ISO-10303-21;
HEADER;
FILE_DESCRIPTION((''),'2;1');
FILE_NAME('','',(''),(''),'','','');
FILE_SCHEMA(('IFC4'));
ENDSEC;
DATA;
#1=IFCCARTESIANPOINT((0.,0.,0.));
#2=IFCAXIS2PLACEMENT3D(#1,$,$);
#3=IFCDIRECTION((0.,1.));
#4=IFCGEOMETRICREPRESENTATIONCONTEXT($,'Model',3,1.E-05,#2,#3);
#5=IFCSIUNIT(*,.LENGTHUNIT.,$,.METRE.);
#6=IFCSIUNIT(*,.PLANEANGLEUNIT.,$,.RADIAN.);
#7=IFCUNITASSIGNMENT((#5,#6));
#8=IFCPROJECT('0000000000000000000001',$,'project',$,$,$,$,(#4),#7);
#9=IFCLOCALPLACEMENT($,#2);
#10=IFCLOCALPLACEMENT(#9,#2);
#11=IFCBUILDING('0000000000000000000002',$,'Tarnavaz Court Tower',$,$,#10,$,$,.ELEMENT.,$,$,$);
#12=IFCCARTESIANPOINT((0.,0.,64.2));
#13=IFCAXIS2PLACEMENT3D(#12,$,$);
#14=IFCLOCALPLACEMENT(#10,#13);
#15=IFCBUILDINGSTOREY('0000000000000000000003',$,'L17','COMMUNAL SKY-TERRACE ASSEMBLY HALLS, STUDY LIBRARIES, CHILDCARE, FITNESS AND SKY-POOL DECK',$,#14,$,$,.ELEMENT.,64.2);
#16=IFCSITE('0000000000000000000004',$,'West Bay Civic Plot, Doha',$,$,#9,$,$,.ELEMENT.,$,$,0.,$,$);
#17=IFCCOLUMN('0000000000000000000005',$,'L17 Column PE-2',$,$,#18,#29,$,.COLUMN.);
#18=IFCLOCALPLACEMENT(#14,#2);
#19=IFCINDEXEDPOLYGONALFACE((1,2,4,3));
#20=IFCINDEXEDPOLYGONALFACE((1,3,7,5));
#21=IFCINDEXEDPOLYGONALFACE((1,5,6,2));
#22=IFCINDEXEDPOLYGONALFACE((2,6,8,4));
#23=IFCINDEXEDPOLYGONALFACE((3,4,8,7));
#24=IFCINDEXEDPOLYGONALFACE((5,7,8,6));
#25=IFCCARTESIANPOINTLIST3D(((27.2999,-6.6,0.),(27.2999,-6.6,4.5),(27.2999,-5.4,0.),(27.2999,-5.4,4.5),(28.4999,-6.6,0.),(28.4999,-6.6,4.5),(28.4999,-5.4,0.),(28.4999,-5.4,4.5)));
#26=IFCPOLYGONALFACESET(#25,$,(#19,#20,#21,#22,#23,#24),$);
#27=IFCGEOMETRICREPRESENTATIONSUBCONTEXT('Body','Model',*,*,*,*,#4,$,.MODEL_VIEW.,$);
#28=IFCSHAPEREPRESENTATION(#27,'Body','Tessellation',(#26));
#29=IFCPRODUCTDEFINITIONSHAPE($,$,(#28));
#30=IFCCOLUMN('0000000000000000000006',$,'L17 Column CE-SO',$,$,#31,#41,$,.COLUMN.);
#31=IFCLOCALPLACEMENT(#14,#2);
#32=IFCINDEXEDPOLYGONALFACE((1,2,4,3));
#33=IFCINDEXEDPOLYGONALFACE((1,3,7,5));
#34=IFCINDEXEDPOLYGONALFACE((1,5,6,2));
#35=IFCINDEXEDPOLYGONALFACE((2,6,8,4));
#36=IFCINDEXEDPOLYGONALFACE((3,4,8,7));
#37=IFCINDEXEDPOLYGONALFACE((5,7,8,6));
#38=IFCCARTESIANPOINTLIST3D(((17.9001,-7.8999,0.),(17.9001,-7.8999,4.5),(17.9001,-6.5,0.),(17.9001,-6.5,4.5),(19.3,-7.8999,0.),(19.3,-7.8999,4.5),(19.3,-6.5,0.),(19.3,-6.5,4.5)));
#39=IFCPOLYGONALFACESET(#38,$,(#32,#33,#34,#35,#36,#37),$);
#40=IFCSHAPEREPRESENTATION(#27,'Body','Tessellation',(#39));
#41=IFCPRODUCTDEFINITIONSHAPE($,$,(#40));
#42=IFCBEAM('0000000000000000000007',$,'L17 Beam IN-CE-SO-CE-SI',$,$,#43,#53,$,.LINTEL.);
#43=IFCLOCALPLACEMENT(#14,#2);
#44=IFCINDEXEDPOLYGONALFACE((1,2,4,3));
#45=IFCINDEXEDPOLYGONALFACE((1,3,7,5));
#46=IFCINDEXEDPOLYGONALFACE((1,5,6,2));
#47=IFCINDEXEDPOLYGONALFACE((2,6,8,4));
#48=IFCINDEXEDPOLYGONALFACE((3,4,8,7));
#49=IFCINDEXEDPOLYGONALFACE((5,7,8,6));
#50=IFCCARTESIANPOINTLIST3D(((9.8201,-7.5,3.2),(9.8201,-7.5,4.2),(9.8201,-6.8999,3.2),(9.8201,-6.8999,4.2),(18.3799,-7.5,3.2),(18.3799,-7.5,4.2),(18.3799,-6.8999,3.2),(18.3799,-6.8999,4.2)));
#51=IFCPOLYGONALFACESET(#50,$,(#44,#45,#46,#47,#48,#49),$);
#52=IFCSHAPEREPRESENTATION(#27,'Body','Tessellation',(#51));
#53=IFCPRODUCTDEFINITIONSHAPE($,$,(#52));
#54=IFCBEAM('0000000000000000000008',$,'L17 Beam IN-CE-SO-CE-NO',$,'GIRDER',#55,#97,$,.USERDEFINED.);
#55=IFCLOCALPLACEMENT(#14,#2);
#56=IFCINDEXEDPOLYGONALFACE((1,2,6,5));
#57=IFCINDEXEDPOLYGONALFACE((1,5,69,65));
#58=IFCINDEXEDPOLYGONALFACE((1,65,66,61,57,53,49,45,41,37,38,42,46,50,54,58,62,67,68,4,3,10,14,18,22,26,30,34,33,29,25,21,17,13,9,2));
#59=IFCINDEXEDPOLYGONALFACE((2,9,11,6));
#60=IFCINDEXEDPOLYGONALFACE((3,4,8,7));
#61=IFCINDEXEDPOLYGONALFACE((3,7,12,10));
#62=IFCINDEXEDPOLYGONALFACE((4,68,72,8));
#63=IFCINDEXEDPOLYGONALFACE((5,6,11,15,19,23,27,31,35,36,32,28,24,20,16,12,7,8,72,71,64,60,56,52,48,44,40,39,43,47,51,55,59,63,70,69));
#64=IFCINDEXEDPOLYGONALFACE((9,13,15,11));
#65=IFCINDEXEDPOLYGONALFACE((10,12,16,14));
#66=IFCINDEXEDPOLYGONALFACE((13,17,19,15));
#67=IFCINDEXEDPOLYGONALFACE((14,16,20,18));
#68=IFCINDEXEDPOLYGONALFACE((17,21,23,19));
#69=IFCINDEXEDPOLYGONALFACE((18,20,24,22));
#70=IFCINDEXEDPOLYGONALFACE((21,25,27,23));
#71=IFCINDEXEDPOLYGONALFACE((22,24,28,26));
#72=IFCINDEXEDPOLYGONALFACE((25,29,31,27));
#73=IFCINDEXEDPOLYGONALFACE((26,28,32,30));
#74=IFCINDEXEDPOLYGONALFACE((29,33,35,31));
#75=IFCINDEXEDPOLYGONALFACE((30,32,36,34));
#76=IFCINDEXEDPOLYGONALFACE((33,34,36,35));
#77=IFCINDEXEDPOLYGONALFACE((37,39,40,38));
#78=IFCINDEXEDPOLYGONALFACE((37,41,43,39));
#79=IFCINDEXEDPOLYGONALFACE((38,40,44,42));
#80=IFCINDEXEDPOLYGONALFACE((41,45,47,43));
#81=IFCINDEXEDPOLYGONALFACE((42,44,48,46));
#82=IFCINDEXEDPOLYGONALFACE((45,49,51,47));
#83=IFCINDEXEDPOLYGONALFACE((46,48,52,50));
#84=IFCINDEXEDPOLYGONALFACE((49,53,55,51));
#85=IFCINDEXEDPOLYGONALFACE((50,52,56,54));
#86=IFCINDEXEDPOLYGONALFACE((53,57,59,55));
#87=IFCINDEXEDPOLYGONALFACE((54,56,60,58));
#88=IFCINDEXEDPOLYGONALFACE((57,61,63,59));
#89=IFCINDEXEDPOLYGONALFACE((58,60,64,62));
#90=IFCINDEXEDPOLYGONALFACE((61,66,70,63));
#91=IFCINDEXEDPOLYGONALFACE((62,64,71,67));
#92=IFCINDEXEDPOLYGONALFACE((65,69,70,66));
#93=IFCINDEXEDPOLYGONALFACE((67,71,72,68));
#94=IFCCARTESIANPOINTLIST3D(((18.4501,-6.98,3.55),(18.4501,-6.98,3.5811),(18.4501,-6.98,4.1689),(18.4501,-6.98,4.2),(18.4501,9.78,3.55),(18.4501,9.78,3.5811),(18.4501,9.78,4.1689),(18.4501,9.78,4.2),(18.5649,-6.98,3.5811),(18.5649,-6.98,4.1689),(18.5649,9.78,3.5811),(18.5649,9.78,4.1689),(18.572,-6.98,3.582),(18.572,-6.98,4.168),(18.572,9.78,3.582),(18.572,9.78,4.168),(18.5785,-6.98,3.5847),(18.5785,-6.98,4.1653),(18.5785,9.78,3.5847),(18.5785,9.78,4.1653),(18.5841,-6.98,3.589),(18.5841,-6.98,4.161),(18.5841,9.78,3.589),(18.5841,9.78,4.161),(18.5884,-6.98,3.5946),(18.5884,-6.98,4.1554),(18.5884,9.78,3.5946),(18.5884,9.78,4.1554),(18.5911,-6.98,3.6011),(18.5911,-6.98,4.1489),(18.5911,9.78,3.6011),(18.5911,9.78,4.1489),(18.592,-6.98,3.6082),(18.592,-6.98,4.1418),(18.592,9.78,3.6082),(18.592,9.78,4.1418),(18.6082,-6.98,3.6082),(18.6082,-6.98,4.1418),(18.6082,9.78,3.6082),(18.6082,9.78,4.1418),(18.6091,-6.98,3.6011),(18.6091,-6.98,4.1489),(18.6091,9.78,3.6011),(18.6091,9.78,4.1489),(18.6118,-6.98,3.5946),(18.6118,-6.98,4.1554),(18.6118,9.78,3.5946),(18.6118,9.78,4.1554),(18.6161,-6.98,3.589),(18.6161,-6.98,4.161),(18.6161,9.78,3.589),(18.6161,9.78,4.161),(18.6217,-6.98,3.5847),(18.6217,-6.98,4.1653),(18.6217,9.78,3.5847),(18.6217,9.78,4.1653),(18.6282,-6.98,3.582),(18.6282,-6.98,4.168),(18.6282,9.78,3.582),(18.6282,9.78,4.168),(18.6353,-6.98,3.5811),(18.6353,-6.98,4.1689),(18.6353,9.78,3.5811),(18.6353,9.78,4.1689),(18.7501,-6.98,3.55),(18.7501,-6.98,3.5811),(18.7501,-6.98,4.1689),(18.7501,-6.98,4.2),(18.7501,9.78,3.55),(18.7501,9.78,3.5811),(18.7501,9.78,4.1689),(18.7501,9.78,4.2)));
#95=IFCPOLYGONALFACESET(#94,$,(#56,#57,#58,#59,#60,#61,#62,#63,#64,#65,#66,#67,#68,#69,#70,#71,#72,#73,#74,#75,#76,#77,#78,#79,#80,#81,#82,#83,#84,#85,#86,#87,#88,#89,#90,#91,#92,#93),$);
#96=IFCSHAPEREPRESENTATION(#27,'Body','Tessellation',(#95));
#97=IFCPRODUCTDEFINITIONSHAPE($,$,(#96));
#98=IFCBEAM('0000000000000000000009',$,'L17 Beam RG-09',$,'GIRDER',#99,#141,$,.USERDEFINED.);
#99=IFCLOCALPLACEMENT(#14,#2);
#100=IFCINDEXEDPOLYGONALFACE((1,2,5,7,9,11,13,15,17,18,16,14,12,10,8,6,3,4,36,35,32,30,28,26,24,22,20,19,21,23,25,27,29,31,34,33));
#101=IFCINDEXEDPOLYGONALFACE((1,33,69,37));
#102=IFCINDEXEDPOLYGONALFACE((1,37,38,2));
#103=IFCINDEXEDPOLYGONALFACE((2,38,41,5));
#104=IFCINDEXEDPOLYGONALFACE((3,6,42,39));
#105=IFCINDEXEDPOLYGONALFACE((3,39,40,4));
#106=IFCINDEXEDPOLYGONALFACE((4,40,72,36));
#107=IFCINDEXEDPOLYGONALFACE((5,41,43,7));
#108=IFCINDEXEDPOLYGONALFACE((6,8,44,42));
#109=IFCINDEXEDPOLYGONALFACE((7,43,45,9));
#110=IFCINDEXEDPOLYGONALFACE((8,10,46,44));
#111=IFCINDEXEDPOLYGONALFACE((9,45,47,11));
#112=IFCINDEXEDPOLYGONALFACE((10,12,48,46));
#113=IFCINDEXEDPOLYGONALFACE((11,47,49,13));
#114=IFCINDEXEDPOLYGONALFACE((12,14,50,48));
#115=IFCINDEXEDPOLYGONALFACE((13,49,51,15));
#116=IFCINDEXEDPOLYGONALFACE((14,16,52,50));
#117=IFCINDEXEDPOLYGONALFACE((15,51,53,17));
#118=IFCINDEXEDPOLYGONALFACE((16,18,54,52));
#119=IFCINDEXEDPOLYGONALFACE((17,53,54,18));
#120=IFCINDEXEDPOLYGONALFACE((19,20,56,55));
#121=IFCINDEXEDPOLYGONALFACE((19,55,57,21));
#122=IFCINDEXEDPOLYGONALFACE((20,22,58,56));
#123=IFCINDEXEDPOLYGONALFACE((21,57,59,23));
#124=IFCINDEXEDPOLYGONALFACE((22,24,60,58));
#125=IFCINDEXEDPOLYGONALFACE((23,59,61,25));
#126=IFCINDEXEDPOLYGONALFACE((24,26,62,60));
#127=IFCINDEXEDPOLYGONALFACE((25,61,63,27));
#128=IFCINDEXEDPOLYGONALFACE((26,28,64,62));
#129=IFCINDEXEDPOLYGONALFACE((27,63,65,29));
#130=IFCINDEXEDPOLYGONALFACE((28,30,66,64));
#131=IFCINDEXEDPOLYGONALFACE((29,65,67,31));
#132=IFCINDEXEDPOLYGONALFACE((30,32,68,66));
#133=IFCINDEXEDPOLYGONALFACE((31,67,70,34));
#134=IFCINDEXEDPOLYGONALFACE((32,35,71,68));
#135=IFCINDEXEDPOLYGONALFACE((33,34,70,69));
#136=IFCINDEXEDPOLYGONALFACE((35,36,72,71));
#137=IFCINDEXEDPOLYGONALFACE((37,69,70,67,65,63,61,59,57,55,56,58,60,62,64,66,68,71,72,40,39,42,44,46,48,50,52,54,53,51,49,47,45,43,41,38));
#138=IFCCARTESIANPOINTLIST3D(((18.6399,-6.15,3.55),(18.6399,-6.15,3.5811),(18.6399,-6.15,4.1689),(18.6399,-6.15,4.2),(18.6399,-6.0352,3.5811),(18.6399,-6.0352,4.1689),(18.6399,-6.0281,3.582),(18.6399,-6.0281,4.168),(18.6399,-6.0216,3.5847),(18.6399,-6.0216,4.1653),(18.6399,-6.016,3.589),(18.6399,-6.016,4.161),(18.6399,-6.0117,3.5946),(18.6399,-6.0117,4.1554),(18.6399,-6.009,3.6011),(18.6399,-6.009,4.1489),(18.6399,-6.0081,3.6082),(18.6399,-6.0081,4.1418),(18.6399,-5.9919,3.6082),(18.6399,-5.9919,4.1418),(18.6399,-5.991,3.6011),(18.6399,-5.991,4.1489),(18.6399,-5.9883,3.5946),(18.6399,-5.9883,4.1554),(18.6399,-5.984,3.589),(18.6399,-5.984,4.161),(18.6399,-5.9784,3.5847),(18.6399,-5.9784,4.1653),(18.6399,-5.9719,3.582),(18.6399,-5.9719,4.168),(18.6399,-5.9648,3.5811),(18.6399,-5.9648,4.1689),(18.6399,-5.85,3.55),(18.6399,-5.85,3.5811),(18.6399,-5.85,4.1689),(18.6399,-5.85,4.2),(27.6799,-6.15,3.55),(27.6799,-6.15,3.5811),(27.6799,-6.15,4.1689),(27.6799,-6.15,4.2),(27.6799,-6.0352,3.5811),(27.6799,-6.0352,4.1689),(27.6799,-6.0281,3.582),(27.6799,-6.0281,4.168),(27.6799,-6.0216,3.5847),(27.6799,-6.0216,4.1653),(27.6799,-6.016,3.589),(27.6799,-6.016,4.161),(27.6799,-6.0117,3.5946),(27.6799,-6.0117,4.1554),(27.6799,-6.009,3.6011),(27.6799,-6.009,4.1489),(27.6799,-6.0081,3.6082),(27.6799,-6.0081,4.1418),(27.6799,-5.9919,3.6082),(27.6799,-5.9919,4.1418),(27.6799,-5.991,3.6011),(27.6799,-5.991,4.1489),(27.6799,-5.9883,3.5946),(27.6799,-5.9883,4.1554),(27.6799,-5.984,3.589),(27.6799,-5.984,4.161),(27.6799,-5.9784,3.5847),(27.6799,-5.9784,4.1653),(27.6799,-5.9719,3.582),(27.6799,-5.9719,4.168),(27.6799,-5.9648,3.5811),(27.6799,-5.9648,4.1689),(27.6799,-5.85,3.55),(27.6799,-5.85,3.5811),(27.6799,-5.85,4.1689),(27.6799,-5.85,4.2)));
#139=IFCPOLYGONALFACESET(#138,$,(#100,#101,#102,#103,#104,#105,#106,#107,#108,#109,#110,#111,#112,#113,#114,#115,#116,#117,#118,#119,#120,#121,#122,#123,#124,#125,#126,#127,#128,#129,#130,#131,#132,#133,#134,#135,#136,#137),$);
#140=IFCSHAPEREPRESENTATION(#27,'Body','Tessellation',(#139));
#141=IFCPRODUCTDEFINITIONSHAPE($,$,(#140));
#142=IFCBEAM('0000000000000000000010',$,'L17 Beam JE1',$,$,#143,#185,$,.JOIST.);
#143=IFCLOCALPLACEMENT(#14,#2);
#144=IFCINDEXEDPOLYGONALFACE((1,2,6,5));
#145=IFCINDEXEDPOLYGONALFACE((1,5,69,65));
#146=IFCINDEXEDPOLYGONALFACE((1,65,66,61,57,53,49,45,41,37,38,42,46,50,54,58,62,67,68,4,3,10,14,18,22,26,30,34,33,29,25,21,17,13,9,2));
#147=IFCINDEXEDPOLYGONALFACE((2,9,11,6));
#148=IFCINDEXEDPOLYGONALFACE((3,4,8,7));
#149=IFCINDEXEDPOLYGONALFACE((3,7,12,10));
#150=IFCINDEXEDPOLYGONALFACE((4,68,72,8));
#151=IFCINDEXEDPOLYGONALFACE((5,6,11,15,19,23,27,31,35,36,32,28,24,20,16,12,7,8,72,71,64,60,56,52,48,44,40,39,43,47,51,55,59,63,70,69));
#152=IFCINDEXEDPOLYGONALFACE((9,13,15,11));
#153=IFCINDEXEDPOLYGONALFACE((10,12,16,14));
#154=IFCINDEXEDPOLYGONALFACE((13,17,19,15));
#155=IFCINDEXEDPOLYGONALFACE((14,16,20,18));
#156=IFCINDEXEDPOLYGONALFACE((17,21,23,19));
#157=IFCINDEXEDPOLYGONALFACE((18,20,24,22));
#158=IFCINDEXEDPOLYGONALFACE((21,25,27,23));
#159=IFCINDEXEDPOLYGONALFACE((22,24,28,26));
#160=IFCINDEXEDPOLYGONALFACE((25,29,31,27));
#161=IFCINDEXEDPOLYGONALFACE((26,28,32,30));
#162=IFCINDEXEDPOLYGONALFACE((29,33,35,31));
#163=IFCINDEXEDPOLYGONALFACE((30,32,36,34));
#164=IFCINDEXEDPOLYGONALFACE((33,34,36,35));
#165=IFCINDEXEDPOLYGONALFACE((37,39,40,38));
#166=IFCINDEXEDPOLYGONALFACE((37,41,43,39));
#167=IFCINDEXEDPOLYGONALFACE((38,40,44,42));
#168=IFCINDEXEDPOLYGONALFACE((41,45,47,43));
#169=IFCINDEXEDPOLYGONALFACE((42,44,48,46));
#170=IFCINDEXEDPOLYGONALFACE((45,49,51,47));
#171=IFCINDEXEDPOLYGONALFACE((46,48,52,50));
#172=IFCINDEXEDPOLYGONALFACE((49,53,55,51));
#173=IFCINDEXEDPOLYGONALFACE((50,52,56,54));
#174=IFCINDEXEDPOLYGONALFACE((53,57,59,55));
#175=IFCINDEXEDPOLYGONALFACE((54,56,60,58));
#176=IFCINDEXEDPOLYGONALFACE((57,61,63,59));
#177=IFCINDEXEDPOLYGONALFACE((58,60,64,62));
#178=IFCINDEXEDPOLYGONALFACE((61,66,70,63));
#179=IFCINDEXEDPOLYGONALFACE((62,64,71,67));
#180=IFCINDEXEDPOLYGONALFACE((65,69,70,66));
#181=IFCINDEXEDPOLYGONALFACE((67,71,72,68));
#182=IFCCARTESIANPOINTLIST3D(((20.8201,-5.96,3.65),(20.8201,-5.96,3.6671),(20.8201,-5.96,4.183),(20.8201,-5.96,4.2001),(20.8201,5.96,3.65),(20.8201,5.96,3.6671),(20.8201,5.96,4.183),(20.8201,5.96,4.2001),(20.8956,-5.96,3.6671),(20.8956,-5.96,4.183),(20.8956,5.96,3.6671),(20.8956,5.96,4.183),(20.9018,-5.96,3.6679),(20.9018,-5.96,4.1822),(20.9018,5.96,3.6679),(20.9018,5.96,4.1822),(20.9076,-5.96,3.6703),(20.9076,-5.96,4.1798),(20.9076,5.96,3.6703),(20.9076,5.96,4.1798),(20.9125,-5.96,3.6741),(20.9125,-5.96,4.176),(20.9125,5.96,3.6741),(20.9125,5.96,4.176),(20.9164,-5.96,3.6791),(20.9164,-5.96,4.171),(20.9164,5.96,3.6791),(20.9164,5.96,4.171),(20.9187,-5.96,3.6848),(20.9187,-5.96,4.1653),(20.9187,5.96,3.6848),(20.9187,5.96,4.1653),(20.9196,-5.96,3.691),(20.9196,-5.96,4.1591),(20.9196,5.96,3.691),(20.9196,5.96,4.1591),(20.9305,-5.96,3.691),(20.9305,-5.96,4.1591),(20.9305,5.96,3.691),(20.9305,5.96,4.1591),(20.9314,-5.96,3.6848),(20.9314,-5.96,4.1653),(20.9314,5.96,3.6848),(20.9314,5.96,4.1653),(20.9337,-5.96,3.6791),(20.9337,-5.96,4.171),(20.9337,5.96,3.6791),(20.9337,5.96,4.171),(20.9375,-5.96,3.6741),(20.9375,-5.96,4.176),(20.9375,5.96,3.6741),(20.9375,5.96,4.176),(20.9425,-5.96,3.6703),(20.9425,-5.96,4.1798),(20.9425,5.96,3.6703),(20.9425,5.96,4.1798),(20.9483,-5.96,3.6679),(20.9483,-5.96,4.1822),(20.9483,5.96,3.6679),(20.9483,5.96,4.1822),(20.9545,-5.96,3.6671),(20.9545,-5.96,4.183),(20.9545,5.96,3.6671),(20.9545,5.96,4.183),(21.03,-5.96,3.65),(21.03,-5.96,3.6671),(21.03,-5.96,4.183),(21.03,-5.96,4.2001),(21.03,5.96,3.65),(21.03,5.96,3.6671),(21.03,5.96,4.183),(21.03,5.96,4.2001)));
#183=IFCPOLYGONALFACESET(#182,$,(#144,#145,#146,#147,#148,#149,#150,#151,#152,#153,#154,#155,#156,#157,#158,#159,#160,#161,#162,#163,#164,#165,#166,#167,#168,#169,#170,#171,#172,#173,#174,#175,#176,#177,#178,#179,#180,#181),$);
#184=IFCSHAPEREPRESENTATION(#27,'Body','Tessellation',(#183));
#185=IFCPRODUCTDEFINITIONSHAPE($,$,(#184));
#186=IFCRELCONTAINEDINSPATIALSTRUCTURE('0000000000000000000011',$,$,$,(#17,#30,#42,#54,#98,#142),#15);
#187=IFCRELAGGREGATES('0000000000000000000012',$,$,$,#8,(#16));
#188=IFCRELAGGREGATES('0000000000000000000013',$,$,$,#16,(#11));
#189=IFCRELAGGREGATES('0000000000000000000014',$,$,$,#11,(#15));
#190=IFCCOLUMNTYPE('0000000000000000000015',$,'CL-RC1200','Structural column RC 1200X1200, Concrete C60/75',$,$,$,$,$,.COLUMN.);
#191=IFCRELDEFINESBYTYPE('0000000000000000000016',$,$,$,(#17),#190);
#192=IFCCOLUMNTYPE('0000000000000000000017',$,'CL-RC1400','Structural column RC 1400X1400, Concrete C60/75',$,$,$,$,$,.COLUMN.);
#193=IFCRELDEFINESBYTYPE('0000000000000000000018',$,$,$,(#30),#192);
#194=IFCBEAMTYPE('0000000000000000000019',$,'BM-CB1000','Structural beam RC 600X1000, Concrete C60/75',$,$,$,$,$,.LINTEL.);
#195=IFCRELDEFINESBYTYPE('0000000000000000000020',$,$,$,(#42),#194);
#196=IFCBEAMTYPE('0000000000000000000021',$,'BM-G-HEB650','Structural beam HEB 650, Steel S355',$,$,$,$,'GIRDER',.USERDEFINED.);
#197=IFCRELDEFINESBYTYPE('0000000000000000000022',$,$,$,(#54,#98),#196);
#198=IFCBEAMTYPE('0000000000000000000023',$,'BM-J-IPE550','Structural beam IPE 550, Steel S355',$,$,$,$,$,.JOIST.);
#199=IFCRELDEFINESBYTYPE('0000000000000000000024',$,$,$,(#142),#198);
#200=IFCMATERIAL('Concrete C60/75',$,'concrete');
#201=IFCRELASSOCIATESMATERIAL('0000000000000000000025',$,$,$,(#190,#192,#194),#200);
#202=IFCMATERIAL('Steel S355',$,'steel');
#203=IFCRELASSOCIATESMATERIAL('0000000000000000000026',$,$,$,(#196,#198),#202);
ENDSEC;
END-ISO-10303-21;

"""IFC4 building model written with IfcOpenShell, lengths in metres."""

from ifc_helpers import new_model, si_unit, direction, frame, origin, origin_2d, place, context, subcontext, project, spatial, rectangle, i_section, extrude, material, material_profile, profile_set, type_object, element, save


model = new_model("IFC4")

# Units and contexts
model_context = context("Model", 3, precision=1e-05, world=origin(), true_north=direction((0.0, 1.0)))
body_context = subcontext(model_context, "Body", "Model", "MODEL_VIEW")
ifc_project = project(units=[si_unit("LENGTHUNIT", "METRE"), si_unit("PLANEANGLEUNIT", "RADIAN")], contexts=[model_context])

# Site, building, storey
site_placement = place(None, origin())
site = spatial("IfcSite", under=ifc_project, at=site_placement, Name="West Bay Civic Plot, Doha", CompositionType="ELEMENT", RefElevation=0.0)
building_placement = place(site_placement, origin())
building = spatial("IfcBuilding", under=site, at=building_placement, Name="Tarnavaz Court Tower", CompositionType="ELEMENT")
storey_placement = place(building_placement, frame((0.0, 0.0, 64.2)))
storey = spatial("IfcBuildingStorey", under=building, at=storey_placement, Name="L17", Description="COMMUNAL SKY-TERRACE ASSEMBLY HALLS, STUDY LIBRARIES, CHILDCARE, FITNESS AND SKY-POOL DECK", CompositionType="ELEMENT", Elevation=64.2)

# Columns
ifc_material_1 = material(Name="Concrete C60/75", Category="concrete")
ifc_material_profile_1 = material_profile(ifc_material_1, rectangle(XDim=1.2, YDim=1.2, at=origin_2d()), Name="RC 1200X1200")
ifc_profile_set_1 = profile_set([ifc_material_profile_1], Name="Concrete C60/75")
column_type_1 = type_object("IfcColumnType", Name="CL-RC1200", Description="Structural column RC 1200X1200, Concrete C60/75", PredefinedType="COLUMN", material=ifc_profile_set_1)
column_1_placement = place(storey_placement, frame((27.8999, -6.0, 0.0), z_axis=(0.0, 0.0, 1.0), x_axis=(1.0, 0.0, 0.0)))
element("IfcColumn", 1, at=column_1_placement, inside=storey, type_object=column_type_1, Name="L17 Column PE-2", PredefinedType="COLUMN", context=body_context, shape_type="SweptSolid", body=[
    extrude(rectangle(XDim=1.2, YDim=1.2, at=origin_2d()), origin(), (0.0, 0.0, 1.0), 4.5),
])
ifc_material_profile_2 = material_profile(ifc_material_1, rectangle(XDim=1.3999, YDim=1.3999, at=origin_2d()), Name="RC 1400X1400")
ifc_profile_set_2 = profile_set([ifc_material_profile_2], Name="Concrete C60/75")
column_type_2 = type_object("IfcColumnType", Name="CL-RC1400", Description="Structural column RC 1400X1400, Concrete C60/75", PredefinedType="COLUMN", material=ifc_profile_set_2)
column_2_placement = place(storey_placement, frame((18.6001, -7.2, 0.0), z_axis=(0.0, 0.0, 1.0), x_axis=(1.0, 0.0, 0.0)))
element("IfcColumn", 2, at=column_2_placement, inside=storey, type_object=column_type_2, Name="L17 Column CE-SO", PredefinedType="COLUMN", context=body_context, shape_type="SweptSolid", body=[
    extrude(rectangle(XDim=1.3999, YDim=1.3999, at=origin_2d()), origin(), (0.0, 0.0, 1.0), 4.5),
])

# Beams
ifc_material_profile_3 = material_profile(ifc_material_1, rectangle(XDim=0.6001, YDim=1.0, at=origin_2d()), Name="RC 600X1000")
ifc_profile_set_3 = profile_set([ifc_material_profile_3], Name="Concrete C60/75")
beam_type_1 = type_object("IfcBeamType", Name="BM-CB1000", Description="Structural beam RC 600X1000, Concrete C60/75", PredefinedType="LINTEL", material=ifc_profile_set_3)
beam_1_placement = place(storey_placement, frame((18.3799, -7.2, 3.7), z_axis=(-1.0, 0.0, 0.0), x_axis=(0.0, -1.0, 0.0)))
element("IfcBeam", 3, at=beam_1_placement, inside=storey, type_object=beam_type_1, Name="L17 Beam IN-CE-SO-CE-SI", PredefinedType="LINTEL", context=body_context, shape_type="SweptSolid", body=[
    extrude(rectangle(XDim=0.6001, YDim=1.0, at=origin_2d()), origin(), (0.0, 0.0, 1.0), 8.5598),
])
ifc_material_2 = material(Name="Steel S355", Category="steel")
ifc_material_profile_4 = material_profile(ifc_material_2, i_section(OverallWidth=0.3, OverallDepth=0.6499, WebThickness=0.0161, FlangeThickness=0.031, FilletRadius=0.0271, at=origin_2d()), Name="HEB 650")
ifc_profile_set_4 = profile_set([ifc_material_profile_4], Name="Steel S355")
beam_type_2 = type_object("IfcBeamType", Name="BM-G-HEB650", Description="Structural beam HEB 650, Steel S355", ElementType="GIRDER", PredefinedType="USERDEFINED", material=ifc_profile_set_4)
beam_2_placement = place(storey_placement, frame((18.6001, -6.98, 3.875), z_axis=(0.0, 1.0, 0.0), x_axis=(-1.0, 0.0, 0.0)))
element("IfcBeam", 4, at=beam_2_placement, inside=storey, type_object=beam_type_2, Name="L17 Beam IN-CE-SO-CE-NO", ObjectType="GIRDER", PredefinedType="USERDEFINED", context=body_context, shape_type="SweptSolid", body=[
    extrude(i_section(OverallWidth=0.3, OverallDepth=0.6499, WebThickness=0.0161, FlangeThickness=0.031, FilletRadius=0.0271, at=origin_2d()), origin(), (0.0, 0.0, 1.0), 16.76),
])
beam_3_placement = place(storey_placement, frame((18.6399, -6.0, 3.875), z_axis=(1.0, 0.0, 0.0), x_axis=(0.0, 1.0, 0.0)))
element("IfcBeam", 5, at=beam_3_placement, inside=storey, type_object=beam_type_2, Name="L17 Beam RG-09", ObjectType="GIRDER", PredefinedType="USERDEFINED", context=body_context, shape_type="SweptSolid", body=[
    extrude(i_section(OverallWidth=0.3, OverallDepth=0.6499, WebThickness=0.0161, FlangeThickness=0.031, FilletRadius=0.0271, at=origin_2d()), origin(), (0.0, 0.0, 1.0), 9.04),
])
ifc_material_profile_5 = material_profile(ifc_material_2, i_section(OverallWidth=0.21, OverallDepth=0.55, WebThickness=0.011, FlangeThickness=0.0171, FilletRadius=0.0239, at=origin_2d()), Name="IPE 550")
ifc_profile_set_5 = profile_set([ifc_material_profile_5], Name="Steel S355")
beam_type_3 = type_object("IfcBeamType", Name="BM-J-IPE550", Description="Structural beam IPE 550, Steel S355", PredefinedType="JOIST", material=ifc_profile_set_5)
for number, where, z_axis, x_axis, name in (
    (6, (20.925, -5.96, 3.925), (0.0, 1.0, 0.0), (-1.0, 0.0, 0.0), "L17 Beam JE1"),
):
    element("IfcBeam", number, at=place(storey_placement, frame(where, z_axis=z_axis, x_axis=x_axis)), inside=storey, type_object=beam_type_3, Name=name, PredefinedType="JOIST", context=body_context, shape_type="SweptSolid", body=[
        extrude(i_section(OverallWidth=0.21, OverallDepth=0.55, WebThickness=0.011, FlangeThickness=0.0171, FilletRadius=0.0239, at=origin_2d()), origin(), (0.0, 0.0, 1.0), 11.9199),
    ])

save(model, "model.ifc")
